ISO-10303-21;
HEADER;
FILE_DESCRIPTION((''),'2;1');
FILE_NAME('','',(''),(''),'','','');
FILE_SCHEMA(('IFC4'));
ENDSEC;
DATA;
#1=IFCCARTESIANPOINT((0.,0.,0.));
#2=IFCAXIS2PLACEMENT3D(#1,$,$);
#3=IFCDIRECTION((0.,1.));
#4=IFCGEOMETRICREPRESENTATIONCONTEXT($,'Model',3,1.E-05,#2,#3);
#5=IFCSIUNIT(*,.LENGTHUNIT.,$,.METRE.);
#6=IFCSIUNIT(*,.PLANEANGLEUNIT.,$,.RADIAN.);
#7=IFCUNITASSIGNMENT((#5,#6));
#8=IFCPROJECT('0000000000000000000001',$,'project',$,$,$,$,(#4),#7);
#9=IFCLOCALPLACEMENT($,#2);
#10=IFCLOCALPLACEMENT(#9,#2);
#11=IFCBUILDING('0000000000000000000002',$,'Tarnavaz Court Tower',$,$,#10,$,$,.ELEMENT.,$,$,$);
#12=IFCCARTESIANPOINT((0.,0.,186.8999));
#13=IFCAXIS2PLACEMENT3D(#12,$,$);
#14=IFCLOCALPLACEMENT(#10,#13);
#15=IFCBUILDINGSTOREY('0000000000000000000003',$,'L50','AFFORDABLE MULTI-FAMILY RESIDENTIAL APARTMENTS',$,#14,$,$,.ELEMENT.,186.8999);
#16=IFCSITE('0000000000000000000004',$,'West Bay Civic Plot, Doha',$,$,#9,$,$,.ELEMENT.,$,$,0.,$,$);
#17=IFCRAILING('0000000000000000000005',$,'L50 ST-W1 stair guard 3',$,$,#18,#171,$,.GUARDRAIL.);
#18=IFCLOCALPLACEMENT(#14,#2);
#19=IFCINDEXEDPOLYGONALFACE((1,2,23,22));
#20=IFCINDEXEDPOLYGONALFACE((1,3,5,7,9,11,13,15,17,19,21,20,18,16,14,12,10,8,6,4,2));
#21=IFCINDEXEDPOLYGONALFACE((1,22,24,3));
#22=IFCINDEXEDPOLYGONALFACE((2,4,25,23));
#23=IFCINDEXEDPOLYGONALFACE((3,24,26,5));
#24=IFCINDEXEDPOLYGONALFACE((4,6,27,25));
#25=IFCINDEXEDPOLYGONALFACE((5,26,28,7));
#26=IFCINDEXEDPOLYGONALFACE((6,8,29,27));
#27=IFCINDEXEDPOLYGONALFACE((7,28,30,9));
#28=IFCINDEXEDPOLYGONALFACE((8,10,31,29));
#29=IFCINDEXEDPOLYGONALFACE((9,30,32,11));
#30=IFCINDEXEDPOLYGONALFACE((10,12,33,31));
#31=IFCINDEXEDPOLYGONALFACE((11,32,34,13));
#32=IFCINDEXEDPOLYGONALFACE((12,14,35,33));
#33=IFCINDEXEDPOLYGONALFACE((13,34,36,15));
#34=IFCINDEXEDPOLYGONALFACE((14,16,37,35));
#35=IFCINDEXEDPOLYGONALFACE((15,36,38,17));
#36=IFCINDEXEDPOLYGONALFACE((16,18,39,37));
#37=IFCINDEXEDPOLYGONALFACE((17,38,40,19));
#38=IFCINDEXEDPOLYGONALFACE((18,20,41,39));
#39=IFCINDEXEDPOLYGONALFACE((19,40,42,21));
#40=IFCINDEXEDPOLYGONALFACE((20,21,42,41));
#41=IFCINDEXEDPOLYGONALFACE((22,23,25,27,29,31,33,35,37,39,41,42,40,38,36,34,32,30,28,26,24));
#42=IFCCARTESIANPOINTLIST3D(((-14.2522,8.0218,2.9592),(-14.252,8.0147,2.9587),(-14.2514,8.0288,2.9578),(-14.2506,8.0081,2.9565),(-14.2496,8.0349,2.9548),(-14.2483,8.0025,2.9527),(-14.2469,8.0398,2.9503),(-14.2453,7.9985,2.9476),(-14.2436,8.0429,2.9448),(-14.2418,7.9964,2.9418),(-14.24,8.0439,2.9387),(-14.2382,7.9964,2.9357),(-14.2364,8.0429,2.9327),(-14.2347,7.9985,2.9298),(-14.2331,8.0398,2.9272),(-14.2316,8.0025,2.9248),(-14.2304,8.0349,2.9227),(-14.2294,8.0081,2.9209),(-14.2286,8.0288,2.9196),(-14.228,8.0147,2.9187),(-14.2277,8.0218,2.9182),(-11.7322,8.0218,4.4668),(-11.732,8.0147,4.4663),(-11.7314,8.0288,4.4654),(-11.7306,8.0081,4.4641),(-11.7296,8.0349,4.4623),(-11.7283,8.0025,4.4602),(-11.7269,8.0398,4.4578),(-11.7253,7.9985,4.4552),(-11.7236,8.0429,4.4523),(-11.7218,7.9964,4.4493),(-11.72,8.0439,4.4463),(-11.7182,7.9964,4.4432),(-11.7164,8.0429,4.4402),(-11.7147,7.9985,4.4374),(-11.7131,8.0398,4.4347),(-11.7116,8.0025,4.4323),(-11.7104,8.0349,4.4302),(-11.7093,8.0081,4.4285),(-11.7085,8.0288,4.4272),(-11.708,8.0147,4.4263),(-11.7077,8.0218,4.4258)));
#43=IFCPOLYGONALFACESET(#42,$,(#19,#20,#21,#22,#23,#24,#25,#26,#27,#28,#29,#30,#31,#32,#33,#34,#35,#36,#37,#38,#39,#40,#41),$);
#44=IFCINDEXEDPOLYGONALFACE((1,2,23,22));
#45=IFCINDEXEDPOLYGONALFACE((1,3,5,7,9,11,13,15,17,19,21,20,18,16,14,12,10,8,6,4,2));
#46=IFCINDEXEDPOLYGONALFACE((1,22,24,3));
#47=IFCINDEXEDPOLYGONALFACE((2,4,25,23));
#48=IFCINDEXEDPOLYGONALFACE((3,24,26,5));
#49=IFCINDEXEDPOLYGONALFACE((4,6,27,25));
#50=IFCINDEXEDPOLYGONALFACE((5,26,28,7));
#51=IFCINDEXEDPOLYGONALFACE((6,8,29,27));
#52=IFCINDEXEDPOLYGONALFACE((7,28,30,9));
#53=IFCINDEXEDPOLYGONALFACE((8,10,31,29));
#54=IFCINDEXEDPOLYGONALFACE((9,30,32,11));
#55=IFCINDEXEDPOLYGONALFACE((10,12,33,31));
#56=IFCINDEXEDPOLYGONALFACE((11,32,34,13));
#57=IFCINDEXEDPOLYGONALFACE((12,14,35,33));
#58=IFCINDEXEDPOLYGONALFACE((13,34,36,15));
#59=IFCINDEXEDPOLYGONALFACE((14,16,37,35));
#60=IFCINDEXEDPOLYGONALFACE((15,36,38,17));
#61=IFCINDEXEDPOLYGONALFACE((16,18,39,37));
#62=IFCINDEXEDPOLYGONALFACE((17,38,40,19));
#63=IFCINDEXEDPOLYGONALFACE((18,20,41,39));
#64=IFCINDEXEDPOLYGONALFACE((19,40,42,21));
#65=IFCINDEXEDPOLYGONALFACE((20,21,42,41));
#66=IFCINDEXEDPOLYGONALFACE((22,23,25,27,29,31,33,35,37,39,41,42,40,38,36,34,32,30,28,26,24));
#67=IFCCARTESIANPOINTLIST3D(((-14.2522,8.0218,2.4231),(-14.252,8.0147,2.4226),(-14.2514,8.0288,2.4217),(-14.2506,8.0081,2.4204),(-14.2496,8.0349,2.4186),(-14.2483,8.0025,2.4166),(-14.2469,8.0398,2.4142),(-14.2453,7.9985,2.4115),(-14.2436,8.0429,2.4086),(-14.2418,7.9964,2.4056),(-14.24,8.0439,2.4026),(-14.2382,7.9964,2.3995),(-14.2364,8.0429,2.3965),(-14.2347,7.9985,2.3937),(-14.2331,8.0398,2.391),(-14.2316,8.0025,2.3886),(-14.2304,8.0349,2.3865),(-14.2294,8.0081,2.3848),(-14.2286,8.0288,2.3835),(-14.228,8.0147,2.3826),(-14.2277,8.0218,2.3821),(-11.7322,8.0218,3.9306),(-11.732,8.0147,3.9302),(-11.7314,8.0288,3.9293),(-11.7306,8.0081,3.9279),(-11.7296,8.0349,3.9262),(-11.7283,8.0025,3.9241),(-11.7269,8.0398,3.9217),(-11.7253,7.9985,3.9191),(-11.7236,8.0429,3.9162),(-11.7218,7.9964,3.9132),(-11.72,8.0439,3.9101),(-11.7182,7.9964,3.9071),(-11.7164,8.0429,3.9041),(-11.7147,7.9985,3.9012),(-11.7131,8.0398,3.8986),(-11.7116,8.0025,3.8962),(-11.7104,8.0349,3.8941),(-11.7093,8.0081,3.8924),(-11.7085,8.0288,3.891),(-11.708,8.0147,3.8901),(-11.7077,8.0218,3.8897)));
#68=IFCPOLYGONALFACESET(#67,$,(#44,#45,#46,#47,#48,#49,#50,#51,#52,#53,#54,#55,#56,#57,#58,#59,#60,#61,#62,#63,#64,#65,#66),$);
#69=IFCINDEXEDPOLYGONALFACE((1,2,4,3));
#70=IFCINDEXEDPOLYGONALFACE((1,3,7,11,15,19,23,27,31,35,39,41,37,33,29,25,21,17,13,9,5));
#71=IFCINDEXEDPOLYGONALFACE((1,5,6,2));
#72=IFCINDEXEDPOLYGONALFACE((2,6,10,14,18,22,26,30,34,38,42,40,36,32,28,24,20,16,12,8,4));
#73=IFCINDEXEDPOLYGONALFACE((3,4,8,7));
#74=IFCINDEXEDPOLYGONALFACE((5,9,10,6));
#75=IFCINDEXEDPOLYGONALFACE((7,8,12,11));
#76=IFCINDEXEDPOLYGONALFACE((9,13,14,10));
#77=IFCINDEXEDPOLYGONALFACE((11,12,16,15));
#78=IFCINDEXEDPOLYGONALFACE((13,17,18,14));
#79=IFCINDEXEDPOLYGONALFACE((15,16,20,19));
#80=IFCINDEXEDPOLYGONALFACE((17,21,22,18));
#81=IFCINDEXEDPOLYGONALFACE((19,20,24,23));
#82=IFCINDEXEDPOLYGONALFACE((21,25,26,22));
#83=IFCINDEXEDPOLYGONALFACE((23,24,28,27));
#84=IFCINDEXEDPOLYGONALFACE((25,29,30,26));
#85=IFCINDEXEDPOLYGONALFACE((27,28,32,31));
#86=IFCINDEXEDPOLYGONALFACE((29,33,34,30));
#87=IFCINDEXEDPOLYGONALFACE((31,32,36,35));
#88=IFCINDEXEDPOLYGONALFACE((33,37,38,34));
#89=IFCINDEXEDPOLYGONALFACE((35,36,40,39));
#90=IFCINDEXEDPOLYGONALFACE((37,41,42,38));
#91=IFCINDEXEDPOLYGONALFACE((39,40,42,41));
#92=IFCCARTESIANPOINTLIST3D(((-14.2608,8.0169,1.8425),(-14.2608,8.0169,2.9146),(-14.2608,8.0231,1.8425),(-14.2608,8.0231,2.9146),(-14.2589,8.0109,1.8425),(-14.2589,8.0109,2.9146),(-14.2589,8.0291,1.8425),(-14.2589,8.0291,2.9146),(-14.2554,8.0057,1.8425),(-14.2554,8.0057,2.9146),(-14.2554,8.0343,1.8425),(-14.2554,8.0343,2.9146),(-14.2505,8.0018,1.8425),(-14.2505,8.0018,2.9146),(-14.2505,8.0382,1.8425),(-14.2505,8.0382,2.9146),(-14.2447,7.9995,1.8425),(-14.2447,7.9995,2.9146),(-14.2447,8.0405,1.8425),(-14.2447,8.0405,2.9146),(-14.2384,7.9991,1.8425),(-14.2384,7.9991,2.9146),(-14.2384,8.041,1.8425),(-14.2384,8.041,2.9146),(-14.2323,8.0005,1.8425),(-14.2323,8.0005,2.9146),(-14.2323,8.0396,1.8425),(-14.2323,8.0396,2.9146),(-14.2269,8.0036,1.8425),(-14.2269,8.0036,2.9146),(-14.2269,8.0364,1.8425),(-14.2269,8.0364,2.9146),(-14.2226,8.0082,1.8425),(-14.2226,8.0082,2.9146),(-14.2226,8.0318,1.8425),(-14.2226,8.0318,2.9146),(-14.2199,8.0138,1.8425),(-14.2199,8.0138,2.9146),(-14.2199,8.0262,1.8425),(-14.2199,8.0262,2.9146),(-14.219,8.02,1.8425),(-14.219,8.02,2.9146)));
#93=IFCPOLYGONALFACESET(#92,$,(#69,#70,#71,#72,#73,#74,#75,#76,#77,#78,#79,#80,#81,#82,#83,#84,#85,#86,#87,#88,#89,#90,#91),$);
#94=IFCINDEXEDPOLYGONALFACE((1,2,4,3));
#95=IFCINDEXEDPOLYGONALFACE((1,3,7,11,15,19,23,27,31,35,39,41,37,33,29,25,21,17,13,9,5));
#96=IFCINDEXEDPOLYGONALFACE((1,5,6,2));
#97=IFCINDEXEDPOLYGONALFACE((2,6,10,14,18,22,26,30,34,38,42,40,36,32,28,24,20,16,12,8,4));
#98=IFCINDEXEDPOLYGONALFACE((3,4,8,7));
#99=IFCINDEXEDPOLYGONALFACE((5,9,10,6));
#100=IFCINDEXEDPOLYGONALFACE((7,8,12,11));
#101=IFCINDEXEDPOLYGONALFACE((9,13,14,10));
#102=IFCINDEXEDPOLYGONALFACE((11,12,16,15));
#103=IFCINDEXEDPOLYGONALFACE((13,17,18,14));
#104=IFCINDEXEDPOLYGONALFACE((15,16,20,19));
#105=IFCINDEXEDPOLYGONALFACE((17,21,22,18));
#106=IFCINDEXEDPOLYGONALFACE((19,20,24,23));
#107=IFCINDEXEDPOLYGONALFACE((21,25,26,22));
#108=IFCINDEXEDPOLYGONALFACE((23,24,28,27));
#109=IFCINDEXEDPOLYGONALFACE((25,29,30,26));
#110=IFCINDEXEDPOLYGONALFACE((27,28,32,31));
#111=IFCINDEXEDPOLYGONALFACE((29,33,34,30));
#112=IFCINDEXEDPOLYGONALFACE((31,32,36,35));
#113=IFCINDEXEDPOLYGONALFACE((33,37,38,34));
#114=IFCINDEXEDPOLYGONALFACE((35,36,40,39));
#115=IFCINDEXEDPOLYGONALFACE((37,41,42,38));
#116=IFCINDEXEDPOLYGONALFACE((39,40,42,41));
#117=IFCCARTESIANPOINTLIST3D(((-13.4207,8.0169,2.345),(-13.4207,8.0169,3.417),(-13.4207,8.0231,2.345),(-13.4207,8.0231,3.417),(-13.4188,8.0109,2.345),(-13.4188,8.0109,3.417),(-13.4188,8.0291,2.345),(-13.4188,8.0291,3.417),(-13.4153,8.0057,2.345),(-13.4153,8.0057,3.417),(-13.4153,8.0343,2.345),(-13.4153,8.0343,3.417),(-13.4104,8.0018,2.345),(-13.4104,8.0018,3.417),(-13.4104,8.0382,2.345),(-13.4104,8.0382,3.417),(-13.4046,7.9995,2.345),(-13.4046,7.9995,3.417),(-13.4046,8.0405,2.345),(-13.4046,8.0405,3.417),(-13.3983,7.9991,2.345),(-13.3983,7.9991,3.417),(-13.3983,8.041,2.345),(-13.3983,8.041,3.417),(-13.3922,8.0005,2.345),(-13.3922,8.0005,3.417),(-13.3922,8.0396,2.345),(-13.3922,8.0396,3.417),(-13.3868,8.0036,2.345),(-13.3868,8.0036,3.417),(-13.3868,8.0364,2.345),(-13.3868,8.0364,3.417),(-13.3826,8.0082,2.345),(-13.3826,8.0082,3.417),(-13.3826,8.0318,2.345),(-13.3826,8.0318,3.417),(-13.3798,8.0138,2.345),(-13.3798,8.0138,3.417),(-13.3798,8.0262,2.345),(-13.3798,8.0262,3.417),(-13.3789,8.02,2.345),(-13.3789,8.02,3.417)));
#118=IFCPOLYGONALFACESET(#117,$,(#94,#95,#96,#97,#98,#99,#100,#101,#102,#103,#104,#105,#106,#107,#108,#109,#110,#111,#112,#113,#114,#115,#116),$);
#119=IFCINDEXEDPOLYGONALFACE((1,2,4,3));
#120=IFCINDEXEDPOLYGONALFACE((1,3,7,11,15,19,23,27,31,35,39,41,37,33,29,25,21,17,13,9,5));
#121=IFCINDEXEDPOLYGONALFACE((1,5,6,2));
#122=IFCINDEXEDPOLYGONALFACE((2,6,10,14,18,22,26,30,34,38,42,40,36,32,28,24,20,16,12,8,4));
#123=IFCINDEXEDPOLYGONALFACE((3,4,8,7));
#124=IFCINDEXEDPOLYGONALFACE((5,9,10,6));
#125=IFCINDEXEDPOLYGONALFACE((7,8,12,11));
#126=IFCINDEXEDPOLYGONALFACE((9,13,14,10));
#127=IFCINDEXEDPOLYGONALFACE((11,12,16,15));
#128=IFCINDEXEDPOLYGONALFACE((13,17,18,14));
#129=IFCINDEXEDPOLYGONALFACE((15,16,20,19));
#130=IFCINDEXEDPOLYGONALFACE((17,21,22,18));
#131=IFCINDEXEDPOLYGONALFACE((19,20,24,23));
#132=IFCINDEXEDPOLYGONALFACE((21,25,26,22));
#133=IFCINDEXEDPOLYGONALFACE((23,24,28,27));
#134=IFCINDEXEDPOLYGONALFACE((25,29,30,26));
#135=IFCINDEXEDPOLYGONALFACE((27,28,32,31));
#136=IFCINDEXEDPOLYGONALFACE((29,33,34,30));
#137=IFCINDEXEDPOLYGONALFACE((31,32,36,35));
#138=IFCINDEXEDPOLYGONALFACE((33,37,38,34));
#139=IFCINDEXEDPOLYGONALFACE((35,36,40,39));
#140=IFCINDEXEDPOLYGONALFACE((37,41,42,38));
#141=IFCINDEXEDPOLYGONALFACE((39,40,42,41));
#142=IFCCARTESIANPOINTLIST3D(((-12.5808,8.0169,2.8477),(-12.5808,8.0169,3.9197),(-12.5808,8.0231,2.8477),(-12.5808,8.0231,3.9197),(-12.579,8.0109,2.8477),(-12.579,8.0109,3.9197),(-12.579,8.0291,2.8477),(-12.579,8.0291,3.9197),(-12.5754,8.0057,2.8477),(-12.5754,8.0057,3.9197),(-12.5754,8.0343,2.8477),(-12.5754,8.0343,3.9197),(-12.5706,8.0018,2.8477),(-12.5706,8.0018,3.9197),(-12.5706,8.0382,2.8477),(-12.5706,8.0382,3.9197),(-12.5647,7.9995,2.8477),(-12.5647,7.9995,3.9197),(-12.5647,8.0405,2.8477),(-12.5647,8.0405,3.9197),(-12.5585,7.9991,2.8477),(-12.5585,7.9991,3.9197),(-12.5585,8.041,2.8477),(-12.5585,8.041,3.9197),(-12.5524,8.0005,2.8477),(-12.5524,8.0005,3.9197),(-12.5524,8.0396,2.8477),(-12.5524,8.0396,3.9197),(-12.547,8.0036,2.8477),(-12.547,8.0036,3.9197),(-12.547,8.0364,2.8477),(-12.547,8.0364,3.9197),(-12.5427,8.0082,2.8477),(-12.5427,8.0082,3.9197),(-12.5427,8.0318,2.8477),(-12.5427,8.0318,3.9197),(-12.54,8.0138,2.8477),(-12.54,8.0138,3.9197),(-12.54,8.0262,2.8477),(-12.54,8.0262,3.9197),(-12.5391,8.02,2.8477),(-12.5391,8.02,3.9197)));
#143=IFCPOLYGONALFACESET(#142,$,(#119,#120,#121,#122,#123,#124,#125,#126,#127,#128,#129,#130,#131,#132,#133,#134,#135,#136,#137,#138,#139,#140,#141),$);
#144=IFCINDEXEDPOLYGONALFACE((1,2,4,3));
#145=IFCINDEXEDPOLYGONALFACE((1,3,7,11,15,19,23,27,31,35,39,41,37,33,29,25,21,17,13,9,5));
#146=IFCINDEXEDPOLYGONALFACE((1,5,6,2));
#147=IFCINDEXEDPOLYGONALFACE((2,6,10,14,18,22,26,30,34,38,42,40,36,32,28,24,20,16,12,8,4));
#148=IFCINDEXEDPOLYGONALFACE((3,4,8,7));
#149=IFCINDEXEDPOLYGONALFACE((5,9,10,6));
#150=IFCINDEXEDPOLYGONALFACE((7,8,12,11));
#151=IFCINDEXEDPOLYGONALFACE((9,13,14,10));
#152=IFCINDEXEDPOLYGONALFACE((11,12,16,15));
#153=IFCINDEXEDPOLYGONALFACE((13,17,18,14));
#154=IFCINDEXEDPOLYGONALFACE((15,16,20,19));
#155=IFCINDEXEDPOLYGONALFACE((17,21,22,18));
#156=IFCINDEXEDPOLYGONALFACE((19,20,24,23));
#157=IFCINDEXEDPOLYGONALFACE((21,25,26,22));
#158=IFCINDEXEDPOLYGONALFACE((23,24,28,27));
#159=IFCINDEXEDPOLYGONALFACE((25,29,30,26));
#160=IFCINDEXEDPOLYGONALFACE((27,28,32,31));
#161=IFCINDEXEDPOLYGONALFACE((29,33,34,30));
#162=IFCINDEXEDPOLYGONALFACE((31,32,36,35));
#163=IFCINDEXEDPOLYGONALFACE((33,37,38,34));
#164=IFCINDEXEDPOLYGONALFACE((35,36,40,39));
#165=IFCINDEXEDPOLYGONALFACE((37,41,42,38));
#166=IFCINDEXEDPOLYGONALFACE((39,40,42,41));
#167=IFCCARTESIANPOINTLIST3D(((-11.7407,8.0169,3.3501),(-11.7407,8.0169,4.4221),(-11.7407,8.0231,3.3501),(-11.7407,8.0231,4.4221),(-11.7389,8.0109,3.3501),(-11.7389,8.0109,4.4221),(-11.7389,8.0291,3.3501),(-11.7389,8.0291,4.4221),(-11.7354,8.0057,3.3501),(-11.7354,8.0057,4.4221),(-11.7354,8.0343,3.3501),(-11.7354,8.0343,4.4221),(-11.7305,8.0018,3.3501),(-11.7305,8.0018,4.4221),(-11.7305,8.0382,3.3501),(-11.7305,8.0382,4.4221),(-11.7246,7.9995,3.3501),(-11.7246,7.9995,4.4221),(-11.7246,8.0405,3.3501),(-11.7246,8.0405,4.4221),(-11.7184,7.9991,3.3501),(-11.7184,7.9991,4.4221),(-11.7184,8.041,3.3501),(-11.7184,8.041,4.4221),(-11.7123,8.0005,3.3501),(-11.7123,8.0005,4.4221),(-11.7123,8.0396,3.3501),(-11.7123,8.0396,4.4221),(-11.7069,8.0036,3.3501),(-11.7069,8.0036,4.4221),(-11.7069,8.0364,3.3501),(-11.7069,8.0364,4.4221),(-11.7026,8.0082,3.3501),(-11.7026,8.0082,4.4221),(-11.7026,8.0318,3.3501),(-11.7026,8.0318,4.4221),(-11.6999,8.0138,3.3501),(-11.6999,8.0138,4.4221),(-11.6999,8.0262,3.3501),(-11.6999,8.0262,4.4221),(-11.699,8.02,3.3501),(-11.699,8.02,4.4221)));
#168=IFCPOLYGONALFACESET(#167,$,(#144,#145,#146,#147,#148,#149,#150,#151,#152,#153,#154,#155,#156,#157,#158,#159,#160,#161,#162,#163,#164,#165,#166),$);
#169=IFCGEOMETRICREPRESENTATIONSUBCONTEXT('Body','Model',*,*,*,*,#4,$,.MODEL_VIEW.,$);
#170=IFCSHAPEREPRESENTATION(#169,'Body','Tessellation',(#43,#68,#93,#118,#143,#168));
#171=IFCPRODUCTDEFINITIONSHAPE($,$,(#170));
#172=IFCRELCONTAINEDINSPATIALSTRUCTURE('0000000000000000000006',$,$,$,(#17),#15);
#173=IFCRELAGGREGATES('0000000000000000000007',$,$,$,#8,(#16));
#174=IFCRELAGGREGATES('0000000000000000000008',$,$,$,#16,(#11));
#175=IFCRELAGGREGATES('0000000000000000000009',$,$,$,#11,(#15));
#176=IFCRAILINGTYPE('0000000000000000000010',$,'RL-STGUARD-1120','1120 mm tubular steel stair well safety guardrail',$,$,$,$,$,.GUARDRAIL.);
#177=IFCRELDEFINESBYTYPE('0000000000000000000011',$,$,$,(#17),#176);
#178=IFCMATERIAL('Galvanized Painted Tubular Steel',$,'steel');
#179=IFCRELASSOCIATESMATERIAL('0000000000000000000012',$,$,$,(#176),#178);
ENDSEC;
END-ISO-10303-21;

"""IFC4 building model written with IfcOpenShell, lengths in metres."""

from ifc_helpers import new_model, si_unit, direction, frame, origin, origin_2d, place, context, subcontext, project, spatial, circle, extrude, material, type_object, element, save


model = new_model("IFC4")

# Units and contexts
model_context = context("Model", 3, precision=1e-05, world=origin(), true_north=direction((0.0, 1.0)))
body_context = subcontext(model_context, "Body", "Model", "MODEL_VIEW")
ifc_project = project(units=[si_unit("LENGTHUNIT", "METRE"), si_unit("PLANEANGLEUNIT", "RADIAN")], contexts=[model_context])

# Site, building, storey
site_placement = place(None, origin())
site = spatial("IfcSite", under=ifc_project, at=site_placement, Name="West Bay Civic Plot, Doha", CompositionType="ELEMENT", RefElevation=0.0)
building_placement = place(site_placement, origin())
building = spatial("IfcBuilding", under=site, at=building_placement, Name="Tarnavaz Court Tower", CompositionType="ELEMENT")
storey_placement = place(building_placement, frame((0.0, 0.0, 186.8999)))
storey = spatial("IfcBuildingStorey", under=building, at=storey_placement, Name="L50", Description="AFFORDABLE MULTI-FAMILY RESIDENTIAL APARTMENTS", CompositionType="ELEMENT", Elevation=186.8999)

# Railing
ifc_material_1 = material(Name="Galvanized Painted Tubular Steel", Category="steel")
railing_type_1 = type_object("IfcRailingType", Name="RL-STGUARD-1120", Description="1120 mm tubular steel stair well safety guardrail", PredefinedType="GUARDRAIL", material=ifc_material_1)
railing_1_placement = place(storey_placement, frame((-14.24, 8.02, 1.8425)))
element("IfcRailing", 1, at=railing_1_placement, inside=storey, type_object=railing_type_1, Name="L50 ST-W1 stair guard 3", PredefinedType="GUARDRAIL", context=body_context, shape_type="SweptSolid", body=[
    extrude(circle(Radius=0.0239, at=origin_2d()), frame((0.0, 0.0, 1.0962), z_axis=(0.85816, 0.0, 0.513383), x_axis=(0.0, 1.0, 0.0)), (0.0, 0.0, 1.0), 2.9365),
    extrude(circle(Radius=0.0239, at=origin_2d()), frame((0.0, 0.0, 0.5601), z_axis=(0.85816, 0.0, 0.513383), x_axis=(0.0, 1.0, 0.0)), (0.0, 0.0, 1.0), 2.9365),
    extrude(circle(Radius=0.021, at=origin_2d()), origin(), (0.0, 0.0, 1.0), 1.072),
    extrude(circle(Radius=0.021, at=origin_2d()), frame((0.8401, 0.0, 0.5024)), (0.0, 0.0, 1.0), 1.072),
    extrude(circle(Radius=0.021, at=origin_2d()), frame((1.6799, 0.0, 1.0051)), (0.0, 0.0, 1.0), 1.072),
    extrude(circle(Radius=0.021, at=origin_2d()), frame((2.52, 0.0, 1.5076)), (0.0, 0.0, 1.0), 1.072),
])

save(model, "model.ifc")
